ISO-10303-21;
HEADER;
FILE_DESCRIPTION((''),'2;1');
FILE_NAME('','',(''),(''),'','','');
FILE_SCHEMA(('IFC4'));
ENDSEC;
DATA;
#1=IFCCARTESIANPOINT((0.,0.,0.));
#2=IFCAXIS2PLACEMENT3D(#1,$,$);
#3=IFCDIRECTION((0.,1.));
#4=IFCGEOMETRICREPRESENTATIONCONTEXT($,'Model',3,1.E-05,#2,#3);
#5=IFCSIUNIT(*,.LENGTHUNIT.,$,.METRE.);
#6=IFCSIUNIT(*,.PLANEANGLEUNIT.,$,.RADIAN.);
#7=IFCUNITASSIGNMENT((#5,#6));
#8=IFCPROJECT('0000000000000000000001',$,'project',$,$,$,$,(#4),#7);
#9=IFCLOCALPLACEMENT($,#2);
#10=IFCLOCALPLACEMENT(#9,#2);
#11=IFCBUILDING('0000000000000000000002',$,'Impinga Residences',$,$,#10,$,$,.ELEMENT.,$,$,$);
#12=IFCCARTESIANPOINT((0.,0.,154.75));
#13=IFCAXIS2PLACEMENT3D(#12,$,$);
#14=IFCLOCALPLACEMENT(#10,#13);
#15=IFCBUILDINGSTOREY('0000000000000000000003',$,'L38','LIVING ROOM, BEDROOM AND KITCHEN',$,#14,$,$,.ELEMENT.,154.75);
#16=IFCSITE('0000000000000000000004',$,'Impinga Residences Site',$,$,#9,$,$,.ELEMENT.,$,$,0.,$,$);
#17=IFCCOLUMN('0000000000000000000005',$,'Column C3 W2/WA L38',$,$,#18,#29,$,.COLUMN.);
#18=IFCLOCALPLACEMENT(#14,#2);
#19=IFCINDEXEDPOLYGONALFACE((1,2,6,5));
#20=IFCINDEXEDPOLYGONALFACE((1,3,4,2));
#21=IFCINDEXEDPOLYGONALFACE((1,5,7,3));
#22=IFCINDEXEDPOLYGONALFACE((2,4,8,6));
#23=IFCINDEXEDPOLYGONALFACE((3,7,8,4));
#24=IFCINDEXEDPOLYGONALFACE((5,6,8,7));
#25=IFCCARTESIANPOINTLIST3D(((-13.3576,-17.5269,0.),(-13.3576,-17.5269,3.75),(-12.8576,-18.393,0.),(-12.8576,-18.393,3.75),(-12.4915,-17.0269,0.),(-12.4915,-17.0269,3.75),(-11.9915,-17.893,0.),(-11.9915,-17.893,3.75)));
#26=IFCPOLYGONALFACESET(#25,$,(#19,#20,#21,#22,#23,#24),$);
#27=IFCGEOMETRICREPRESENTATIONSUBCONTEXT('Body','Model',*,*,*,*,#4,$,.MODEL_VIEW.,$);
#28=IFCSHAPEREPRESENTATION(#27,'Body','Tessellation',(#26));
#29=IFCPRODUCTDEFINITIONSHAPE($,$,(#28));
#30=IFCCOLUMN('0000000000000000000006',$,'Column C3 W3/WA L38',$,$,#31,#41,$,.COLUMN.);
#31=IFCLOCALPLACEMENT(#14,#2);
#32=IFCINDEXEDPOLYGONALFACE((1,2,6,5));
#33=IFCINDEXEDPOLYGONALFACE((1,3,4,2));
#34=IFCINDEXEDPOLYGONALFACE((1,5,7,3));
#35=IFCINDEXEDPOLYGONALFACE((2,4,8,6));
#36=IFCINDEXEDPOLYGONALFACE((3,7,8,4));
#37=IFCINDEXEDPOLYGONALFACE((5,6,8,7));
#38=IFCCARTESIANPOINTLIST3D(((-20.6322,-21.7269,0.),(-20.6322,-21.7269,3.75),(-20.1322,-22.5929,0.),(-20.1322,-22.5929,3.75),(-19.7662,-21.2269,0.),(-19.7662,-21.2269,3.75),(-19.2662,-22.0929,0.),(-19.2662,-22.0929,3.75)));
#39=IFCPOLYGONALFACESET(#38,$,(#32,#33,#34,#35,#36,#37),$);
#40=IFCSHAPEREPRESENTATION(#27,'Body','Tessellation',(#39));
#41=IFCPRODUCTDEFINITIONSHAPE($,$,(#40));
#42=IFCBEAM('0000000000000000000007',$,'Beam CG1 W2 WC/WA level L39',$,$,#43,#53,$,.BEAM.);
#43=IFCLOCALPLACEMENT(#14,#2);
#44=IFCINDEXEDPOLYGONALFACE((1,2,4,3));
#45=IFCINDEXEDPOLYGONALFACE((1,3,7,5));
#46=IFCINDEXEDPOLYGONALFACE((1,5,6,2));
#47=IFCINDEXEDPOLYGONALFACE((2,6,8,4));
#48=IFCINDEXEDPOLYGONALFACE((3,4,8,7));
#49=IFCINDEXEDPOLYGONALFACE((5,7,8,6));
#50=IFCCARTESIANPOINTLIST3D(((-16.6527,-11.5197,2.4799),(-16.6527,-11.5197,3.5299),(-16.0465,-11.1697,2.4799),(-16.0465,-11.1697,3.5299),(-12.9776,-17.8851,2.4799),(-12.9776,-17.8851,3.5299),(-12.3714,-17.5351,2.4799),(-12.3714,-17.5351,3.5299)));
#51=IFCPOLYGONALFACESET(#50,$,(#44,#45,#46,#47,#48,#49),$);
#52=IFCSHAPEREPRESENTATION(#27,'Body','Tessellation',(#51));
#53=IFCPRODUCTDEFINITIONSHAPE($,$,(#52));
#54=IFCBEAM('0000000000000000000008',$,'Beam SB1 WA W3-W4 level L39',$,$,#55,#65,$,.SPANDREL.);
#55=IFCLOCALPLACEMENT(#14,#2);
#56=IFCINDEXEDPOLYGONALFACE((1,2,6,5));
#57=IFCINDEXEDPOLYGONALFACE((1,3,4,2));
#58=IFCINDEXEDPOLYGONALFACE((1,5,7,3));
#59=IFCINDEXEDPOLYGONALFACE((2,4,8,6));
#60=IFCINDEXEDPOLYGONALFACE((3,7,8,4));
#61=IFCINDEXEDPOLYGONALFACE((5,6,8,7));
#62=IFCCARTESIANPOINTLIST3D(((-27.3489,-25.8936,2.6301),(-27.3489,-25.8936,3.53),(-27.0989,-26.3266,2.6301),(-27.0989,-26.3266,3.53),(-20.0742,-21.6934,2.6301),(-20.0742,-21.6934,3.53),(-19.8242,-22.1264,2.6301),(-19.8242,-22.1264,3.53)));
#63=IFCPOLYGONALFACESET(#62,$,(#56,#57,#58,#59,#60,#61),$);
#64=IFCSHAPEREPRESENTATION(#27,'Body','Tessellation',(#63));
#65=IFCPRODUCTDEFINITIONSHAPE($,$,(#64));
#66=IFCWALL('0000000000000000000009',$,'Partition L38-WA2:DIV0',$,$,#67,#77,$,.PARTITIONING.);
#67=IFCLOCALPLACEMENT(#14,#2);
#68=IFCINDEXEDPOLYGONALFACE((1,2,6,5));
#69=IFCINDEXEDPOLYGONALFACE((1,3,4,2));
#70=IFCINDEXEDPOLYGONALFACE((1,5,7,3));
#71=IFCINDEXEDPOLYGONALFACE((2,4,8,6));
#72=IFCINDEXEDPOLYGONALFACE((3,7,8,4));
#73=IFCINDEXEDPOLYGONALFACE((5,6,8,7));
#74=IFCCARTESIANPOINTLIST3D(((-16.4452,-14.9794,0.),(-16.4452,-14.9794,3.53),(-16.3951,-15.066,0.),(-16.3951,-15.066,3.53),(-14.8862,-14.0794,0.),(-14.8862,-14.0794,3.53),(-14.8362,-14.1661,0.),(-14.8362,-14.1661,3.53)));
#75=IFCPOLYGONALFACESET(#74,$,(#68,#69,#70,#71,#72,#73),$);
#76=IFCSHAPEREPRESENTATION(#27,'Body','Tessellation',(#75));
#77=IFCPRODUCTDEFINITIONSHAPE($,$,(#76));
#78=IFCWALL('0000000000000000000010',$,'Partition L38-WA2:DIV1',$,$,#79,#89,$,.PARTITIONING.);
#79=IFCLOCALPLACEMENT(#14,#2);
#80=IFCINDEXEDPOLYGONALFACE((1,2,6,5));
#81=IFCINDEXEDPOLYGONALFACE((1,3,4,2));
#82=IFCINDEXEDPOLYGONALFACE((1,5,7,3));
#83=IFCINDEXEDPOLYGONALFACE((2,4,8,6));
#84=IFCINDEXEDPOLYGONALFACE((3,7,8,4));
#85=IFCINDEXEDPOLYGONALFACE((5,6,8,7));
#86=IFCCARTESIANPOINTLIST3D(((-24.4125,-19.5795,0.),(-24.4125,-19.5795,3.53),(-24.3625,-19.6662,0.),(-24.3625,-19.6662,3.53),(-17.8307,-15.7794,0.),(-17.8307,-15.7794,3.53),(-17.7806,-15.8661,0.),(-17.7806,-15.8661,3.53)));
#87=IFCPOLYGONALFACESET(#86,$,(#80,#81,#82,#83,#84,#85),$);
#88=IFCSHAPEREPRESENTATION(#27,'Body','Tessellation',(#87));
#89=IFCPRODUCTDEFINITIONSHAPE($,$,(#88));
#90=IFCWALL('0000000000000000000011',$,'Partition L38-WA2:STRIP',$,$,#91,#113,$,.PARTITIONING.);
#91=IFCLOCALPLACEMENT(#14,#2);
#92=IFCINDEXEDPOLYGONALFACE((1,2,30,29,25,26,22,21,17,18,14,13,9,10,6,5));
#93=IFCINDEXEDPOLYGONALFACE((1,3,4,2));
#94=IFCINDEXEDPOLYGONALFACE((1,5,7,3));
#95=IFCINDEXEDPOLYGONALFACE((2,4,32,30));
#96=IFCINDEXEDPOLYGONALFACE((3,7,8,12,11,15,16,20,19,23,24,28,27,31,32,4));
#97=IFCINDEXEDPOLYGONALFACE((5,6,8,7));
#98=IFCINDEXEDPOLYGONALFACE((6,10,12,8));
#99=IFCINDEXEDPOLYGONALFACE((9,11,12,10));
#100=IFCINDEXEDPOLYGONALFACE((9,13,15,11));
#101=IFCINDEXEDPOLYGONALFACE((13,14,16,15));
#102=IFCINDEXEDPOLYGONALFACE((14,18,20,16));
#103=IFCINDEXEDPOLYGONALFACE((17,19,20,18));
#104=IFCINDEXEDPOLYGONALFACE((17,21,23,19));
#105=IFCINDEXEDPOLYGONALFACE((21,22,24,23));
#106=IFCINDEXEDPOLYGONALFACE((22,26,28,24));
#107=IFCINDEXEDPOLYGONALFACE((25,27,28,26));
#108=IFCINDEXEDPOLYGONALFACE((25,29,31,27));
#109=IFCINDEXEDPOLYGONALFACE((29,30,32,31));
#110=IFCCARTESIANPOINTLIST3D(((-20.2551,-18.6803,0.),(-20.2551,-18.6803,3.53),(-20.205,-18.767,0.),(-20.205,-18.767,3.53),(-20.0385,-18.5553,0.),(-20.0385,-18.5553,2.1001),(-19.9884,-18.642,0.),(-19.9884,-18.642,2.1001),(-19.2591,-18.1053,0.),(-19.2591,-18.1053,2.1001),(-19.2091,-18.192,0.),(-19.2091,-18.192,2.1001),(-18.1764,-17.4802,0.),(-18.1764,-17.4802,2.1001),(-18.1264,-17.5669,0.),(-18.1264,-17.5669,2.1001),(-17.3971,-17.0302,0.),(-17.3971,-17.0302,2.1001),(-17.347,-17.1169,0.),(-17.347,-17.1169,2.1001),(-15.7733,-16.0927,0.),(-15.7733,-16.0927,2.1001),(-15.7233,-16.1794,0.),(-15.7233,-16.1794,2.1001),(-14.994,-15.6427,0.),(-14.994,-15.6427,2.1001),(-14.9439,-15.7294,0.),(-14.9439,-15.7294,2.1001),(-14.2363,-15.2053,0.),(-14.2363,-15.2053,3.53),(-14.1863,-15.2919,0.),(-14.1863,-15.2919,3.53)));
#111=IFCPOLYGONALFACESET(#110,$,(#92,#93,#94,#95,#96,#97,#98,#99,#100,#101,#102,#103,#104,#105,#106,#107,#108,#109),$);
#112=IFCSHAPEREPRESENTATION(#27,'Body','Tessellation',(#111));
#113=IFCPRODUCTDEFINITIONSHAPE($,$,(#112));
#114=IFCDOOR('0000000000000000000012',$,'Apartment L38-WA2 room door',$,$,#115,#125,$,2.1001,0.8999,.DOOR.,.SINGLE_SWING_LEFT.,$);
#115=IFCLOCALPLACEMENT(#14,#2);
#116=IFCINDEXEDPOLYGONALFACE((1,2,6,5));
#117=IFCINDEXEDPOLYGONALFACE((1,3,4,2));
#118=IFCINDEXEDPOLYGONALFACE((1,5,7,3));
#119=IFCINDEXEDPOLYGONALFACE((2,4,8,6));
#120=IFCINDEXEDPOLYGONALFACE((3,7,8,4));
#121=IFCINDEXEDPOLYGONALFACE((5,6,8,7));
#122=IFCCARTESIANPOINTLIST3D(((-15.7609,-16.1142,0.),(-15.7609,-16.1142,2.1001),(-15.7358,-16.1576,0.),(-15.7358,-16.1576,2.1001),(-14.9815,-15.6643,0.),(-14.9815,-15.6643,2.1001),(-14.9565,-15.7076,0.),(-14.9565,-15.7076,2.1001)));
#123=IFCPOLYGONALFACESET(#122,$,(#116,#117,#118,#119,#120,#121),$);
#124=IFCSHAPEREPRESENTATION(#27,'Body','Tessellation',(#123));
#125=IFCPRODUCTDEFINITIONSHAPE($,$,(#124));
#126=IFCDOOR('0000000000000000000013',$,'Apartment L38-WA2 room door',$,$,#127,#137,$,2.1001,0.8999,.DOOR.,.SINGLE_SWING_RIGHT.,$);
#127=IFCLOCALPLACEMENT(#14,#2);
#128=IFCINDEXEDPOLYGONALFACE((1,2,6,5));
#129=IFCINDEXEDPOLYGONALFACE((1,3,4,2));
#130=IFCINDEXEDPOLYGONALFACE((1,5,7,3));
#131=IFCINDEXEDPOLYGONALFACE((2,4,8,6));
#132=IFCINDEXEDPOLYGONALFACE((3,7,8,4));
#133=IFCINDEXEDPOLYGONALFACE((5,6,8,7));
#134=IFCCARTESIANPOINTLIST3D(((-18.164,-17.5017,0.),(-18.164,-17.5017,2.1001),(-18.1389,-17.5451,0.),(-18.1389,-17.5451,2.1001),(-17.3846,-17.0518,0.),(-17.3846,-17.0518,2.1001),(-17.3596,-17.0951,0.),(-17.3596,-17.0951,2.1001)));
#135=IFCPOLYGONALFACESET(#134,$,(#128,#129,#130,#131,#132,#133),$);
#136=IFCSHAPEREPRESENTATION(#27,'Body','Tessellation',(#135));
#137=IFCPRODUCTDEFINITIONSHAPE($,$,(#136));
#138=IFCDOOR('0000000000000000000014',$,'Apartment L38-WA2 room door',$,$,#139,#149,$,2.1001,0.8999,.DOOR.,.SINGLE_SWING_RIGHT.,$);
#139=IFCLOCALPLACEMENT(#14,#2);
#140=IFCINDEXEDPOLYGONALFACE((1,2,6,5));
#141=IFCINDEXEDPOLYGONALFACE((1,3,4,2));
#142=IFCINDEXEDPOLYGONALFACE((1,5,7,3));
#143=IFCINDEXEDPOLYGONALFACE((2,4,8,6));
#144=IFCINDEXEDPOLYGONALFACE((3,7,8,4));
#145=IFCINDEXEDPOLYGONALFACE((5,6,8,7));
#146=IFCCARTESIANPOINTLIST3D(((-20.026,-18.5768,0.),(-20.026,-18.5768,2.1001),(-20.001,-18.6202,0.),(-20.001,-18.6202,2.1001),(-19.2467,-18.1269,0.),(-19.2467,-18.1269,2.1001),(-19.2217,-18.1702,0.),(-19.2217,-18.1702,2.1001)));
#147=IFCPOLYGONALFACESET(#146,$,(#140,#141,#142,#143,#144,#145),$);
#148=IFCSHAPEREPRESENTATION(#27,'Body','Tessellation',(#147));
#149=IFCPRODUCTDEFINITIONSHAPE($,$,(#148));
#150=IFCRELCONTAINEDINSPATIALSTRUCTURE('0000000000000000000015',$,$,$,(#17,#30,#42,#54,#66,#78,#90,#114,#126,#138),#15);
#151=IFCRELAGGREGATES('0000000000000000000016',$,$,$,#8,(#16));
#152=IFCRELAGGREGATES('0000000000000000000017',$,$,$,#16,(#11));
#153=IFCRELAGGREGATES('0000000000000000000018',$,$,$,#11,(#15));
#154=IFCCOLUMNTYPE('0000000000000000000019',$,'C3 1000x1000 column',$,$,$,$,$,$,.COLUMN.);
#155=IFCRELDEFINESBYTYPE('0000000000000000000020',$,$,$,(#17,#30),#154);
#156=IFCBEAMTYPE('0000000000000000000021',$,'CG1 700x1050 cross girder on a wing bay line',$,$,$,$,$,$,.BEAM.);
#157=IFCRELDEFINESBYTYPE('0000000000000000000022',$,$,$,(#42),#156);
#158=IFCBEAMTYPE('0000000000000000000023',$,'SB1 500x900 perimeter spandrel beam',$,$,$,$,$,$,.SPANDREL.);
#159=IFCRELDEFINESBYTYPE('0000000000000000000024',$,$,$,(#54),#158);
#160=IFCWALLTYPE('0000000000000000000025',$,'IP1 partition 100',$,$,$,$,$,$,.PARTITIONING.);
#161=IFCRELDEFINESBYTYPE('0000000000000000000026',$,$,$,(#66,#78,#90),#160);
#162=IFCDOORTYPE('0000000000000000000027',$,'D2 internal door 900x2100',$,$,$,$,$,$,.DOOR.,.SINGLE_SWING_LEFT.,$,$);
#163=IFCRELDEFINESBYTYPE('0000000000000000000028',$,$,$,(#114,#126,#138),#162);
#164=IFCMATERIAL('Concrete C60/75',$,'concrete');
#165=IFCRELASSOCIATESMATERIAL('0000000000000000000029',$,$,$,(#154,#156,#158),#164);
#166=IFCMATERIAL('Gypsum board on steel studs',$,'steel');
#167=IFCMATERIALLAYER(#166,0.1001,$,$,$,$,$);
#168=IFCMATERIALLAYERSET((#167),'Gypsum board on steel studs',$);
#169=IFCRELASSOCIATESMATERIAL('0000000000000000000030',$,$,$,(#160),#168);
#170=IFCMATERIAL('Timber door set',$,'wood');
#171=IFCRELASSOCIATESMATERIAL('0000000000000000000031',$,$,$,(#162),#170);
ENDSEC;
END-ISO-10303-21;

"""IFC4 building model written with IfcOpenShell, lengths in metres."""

from ifc_helpers import new_model, si_unit, direction, frame, frame_2d, origin, origin_2d, place, context, subcontext, project, spatial, rectangle, extrude, material, layer, layer_set, material_profile, profile_set, type_object, element, fill, save


model = new_model("IFC4")

# Units and contexts
model_context = context("Model", 3, precision=1e-05, world=origin(), true_north=direction((0.0, 1.0)))
body_context = subcontext(model_context, "Body", "Model", "MODEL_VIEW")
ifc_project = project(units=[si_unit("LENGTHUNIT", "METRE"), si_unit("PLANEANGLEUNIT", "RADIAN")], contexts=[model_context])

# Site, building, storey
site_placement = place(None, origin())
site = spatial("IfcSite", under=ifc_project, at=site_placement, Name="Impinga Residences Site", CompositionType="ELEMENT", RefElevation=0.0)
building_placement = place(site_placement, origin())
building = spatial("IfcBuilding", under=site, at=building_placement, Name="Impinga Residences", CompositionType="ELEMENT")
storey_placement = place(building_placement, frame((0.0, 0.0, 154.75)))
storey = spatial("IfcBuildingStorey", under=building, at=storey_placement, Name="L38", Description="LIVING ROOM, BEDROOM AND KITCHEN", CompositionType="ELEMENT", Elevation=154.75)

# Columns
ifc_material_1 = material(Name="Concrete C60/75", Category="concrete")
ifc_material_profile_1 = material_profile(ifc_material_1, rectangle(XDim=1.0, YDim=1.0, at=origin_2d()), Name="RC 1000x1000")
ifc_profile_set_1 = profile_set([ifc_material_profile_1], Name="Concrete C60/75")
column_type = type_object("IfcColumnType", Name="C3 1000x1000 column", PredefinedType="COLUMN", material=ifc_profile_set_1)
for number, where, z_axis, x_axis, name in (
    (1, (-12.6746, -17.71, 0.0), (0.0, 0.0, 1.0), (-0.5, 0.866025, 0.0), "Column C3 W2/WA L38"),
    (2, (-19.9492, -21.9099, 0.0), (0.0, 0.0, 1.0), (-0.5, 0.866025, 0.0), "Column C3 W3/WA L38"),
):
    element("IfcColumn", number, at=place(storey_placement, frame(where, z_axis=z_axis, x_axis=x_axis)), inside=storey, type_object=column_type, Name=name, PredefinedType="COLUMN", context=body_context, shape_type="SweptSolid", body=[
        extrude(rectangle(XDim=1.0, YDim=1.0, at=origin_2d()), origin(), (0.0, 0.0, 1.0), 3.75),
    ])

# Beams
ifc_material_profile_2 = material_profile(ifc_material_1, rectangle(XDim=0.7, YDim=1.05, at=origin_2d()), Name="RC 700x1050")
ifc_profile_set_2 = profile_set([ifc_material_profile_2], Name="Concrete C60/75")
beam_type_1 = type_object("IfcBeamType", Name="CG1 700x1050 cross girder on a wing bay line", PredefinedType="BEAM", material=ifc_profile_set_2)
beam_1_placement = place(storey_placement, frame((-16.3496, -11.3447, 3.0049), z_axis=(0.500008, -0.866021, 0.0), x_axis=(0.866021, 0.500008, 0.0)))
element("IfcBeam", 3, at=beam_1_placement, inside=storey, type_object=beam_type_1, Name="Beam CG1 W2 WC/WA level L39", PredefinedType="BEAM", context=body_context, shape_type="SweptSolid", body=[
    extrude(rectangle(XDim=0.7, YDim=1.05, at=origin_2d()), origin(), (0.0, 0.0, 1.0), 7.3501),
])
ifc_material_profile_3 = material_profile(ifc_material_1, rectangle(XDim=0.5, YDim=0.8999, at=origin_2d()), Name="RC 500x900")
ifc_profile_set_3 = profile_set([ifc_material_profile_3], Name="Concrete C60/75")
beam_type_2 = type_object("IfcBeamType", Name="SB1 500x900 perimeter spandrel beam", PredefinedType="SPANDREL", material=ifc_profile_set_3)
beam_2_placement = place(storey_placement, frame((-19.9492, -21.9099, 3.0801), z_axis=(-0.866017, -0.500015, 0.0), x_axis=(0.500015, -0.866017, 0.0)))
element("IfcBeam", 4, at=beam_2_placement, inside=storey, type_object=beam_type_2, Name="Beam SB1 WA W3-W4 level L39", PredefinedType="SPANDREL", context=body_context, shape_type="SweptSolid", body=[
    extrude(rectangle(XDim=0.5, YDim=0.8999, at=origin_2d()), origin(), (0.0, 0.0, 1.0), 8.4001),
])

# Walls
ifc_material_2 = material(Name="Gypsum board on steel studs", Category="steel")
ifc_layer_1 = layer(ifc_material_2, 0.1001)
ifc_layer_set_1 = layer_set([ifc_layer_1], Name="Gypsum board on steel studs")
wall_type = type_object("IfcWallType", Name="IP1 partition 100", PredefinedType="PARTITIONING", material=ifc_layer_set_1)
wall_1_placement = place(storey_placement, frame((-14.8613, -14.1228, 0.0), z_axis=(0.0, 0.0, 1.0), x_axis=(-0.866048, -0.499961, 0.0)))
element("IfcWall", 5, at=wall_1_placement, inside=storey, type_object=wall_type, Name="Partition L38-WA2:DIV0", PredefinedType="PARTITIONING", context=body_context, shape_type="SweptSolid", body=[
    extrude(rectangle(XDim=1.8, YDim=0.1001, at=frame_2d((0.8999, 0.0))), origin(), (0.0, 0.0, 1.0), 3.53),
])
wall_2_placement = place(storey_placement, frame((-17.8057, -15.8228, 0.0), z_axis=(0.0, 0.0, 1.0), x_axis=(-0.866022, -0.500005, 0.0)))
element("IfcWall", 6, at=wall_2_placement, inside=storey, type_object=wall_type, Name="Partition L38-WA2:DIV1", PredefinedType="PARTITIONING", context=body_context, shape_type="SweptSolid", body=[
    extrude(rectangle(XDim=7.6001, YDim=0.1001, at=frame_2d((3.8, 0.0))), origin(), (0.0, 0.0, 1.0), 3.53),
])

# Wall, openings, doors
wall_3_placement = place(storey_placement, frame((-14.2112, -15.2485, 0.0), z_axis=(0.0, 0.0, 1.0), x_axis=(-0.866017, -0.500015, 0.0)))
wall_3 = element("IfcWall", 7, at=wall_3_placement, inside=storey, type_object=wall_type, Name="Partition L38-WA2:STRIP", PredefinedType="PARTITIONING", context=body_context, shape_type="SweptSolid", body=[
    extrude(rectangle(XDim=6.95, YDim=0.1001, at=frame_2d((3.4751, 0.0))), origin(), (0.0, 0.0, 1.0), 3.53),
])
opening_1_placement = place(wall_3_placement, frame((0.875, 0.0, 0.0)))
opening_1 = element("IfcOpeningElement", 8, at=opening_1_placement, cuts=wall_3, PredefinedType="OPENING", context=body_context, shape_type="SweptSolid", body=[
    extrude(rectangle(XDim=0.8999, YDim=2.1001, at=frame_2d((0.45, 1.05))), frame((0.0, 0.0601, 0.0), z_axis=(0.0, -1.0, 0.0), x_axis=(1.0, 0.0, 0.0)), (0.0, 0.0, 1.0), 0.1201),
])
opening_2_placement = place(wall_3_placement, frame((3.6499, 0.0, 0.0)))
opening_2 = element("IfcOpeningElement", 9, at=opening_2_placement, cuts=wall_3, PredefinedType="OPENING", context=body_context, shape_type="SweptSolid", body=[
    extrude(rectangle(XDim=0.8999, YDim=2.1001, at=frame_2d((0.45, 1.05))), frame((0.0, 0.0601, 0.0), z_axis=(0.0, -1.0, 0.0), x_axis=(1.0, 0.0, 0.0)), (0.0, 0.0, 1.0), 0.1201),
])
opening_3_placement = place(wall_3_placement, frame((5.8, 0.0, 0.0)))
opening_3 = element("IfcOpeningElement", 10, at=opening_3_placement, cuts=wall_3, PredefinedType="OPENING", context=body_context, shape_type="SweptSolid", body=[
    extrude(rectangle(XDim=0.8999, YDim=2.1001, at=frame_2d((0.45, 1.05))), frame((0.0, 0.0601, 0.0), z_axis=(0.0, -1.0, 0.0), x_axis=(1.0, 0.0, 0.0)), (0.0, 0.0, 1.0), 0.1201),
])
ifc_material_3 = material(Name="Timber door set", Category="wood")
door_type = type_object("IfcDoorType", Name="D2 internal door 900x2100", OperationType="SINGLE_SWING_LEFT", PredefinedType="DOOR", material=ifc_material_3)
door_1_placement = place(opening_1_placement, origin())
door_1 = element("IfcDoor", 11, at=door_1_placement, inside=storey, type_object=door_type, Name="Apartment L38-WA2 room door", OperationType="SINGLE_SWING_LEFT", OverallHeight=2.1001, OverallWidth=0.8999, PredefinedType="DOOR", context=body_context, shape_type="SweptSolid", body=[
    extrude(rectangle(XDim=0.8999, YDim=2.1001, at=frame_2d((0.45, 1.05))), frame((0.0, 0.0249, 0.0), z_axis=(0.0, -1.0, 0.0), x_axis=(1.0, 0.0, 0.0)), (0.0, 0.0, 1.0), 0.05),
])
fill(opening_1, door_1)
door_2_placement = place(opening_2_placement, origin())
door_2 = element("IfcDoor", 12, at=door_2_placement, inside=storey, type_object=door_type, Name="Apartment L38-WA2 room door", OperationType="SINGLE_SWING_RIGHT", OverallHeight=2.1001, OverallWidth=0.8999, PredefinedType="DOOR", context=body_context, shape_type="SweptSolid", body=[
    extrude(rectangle(XDim=0.8999, YDim=2.1001, at=frame_2d((0.45, 1.05))), frame((0.0, 0.0249, 0.0), z_axis=(0.0, -1.0, 0.0), x_axis=(1.0, 0.0, 0.0)), (0.0, 0.0, 1.0), 0.05),
])
fill(opening_2, door_2)
door_3_placement = place(opening_3_placement, origin())
door_3 = element("IfcDoor", 13, at=door_3_placement, inside=storey, type_object=door_type, Name="Apartment L38-WA2 room door", OperationType="SINGLE_SWING_RIGHT", OverallHeight=2.1001, OverallWidth=0.8999, PredefinedType="DOOR", context=body_context, shape_type="SweptSolid", body=[
    extrude(rectangle(XDim=0.8999, YDim=2.1001, at=frame_2d((0.45, 1.05))), frame((0.0, 0.0249, 0.0), z_axis=(0.0, -1.0, 0.0), x_axis=(1.0, 0.0, 0.0)), (0.0, 0.0, 1.0), 0.05),
])
fill(opening_3, door_3)

save(model, "model.ifc")
